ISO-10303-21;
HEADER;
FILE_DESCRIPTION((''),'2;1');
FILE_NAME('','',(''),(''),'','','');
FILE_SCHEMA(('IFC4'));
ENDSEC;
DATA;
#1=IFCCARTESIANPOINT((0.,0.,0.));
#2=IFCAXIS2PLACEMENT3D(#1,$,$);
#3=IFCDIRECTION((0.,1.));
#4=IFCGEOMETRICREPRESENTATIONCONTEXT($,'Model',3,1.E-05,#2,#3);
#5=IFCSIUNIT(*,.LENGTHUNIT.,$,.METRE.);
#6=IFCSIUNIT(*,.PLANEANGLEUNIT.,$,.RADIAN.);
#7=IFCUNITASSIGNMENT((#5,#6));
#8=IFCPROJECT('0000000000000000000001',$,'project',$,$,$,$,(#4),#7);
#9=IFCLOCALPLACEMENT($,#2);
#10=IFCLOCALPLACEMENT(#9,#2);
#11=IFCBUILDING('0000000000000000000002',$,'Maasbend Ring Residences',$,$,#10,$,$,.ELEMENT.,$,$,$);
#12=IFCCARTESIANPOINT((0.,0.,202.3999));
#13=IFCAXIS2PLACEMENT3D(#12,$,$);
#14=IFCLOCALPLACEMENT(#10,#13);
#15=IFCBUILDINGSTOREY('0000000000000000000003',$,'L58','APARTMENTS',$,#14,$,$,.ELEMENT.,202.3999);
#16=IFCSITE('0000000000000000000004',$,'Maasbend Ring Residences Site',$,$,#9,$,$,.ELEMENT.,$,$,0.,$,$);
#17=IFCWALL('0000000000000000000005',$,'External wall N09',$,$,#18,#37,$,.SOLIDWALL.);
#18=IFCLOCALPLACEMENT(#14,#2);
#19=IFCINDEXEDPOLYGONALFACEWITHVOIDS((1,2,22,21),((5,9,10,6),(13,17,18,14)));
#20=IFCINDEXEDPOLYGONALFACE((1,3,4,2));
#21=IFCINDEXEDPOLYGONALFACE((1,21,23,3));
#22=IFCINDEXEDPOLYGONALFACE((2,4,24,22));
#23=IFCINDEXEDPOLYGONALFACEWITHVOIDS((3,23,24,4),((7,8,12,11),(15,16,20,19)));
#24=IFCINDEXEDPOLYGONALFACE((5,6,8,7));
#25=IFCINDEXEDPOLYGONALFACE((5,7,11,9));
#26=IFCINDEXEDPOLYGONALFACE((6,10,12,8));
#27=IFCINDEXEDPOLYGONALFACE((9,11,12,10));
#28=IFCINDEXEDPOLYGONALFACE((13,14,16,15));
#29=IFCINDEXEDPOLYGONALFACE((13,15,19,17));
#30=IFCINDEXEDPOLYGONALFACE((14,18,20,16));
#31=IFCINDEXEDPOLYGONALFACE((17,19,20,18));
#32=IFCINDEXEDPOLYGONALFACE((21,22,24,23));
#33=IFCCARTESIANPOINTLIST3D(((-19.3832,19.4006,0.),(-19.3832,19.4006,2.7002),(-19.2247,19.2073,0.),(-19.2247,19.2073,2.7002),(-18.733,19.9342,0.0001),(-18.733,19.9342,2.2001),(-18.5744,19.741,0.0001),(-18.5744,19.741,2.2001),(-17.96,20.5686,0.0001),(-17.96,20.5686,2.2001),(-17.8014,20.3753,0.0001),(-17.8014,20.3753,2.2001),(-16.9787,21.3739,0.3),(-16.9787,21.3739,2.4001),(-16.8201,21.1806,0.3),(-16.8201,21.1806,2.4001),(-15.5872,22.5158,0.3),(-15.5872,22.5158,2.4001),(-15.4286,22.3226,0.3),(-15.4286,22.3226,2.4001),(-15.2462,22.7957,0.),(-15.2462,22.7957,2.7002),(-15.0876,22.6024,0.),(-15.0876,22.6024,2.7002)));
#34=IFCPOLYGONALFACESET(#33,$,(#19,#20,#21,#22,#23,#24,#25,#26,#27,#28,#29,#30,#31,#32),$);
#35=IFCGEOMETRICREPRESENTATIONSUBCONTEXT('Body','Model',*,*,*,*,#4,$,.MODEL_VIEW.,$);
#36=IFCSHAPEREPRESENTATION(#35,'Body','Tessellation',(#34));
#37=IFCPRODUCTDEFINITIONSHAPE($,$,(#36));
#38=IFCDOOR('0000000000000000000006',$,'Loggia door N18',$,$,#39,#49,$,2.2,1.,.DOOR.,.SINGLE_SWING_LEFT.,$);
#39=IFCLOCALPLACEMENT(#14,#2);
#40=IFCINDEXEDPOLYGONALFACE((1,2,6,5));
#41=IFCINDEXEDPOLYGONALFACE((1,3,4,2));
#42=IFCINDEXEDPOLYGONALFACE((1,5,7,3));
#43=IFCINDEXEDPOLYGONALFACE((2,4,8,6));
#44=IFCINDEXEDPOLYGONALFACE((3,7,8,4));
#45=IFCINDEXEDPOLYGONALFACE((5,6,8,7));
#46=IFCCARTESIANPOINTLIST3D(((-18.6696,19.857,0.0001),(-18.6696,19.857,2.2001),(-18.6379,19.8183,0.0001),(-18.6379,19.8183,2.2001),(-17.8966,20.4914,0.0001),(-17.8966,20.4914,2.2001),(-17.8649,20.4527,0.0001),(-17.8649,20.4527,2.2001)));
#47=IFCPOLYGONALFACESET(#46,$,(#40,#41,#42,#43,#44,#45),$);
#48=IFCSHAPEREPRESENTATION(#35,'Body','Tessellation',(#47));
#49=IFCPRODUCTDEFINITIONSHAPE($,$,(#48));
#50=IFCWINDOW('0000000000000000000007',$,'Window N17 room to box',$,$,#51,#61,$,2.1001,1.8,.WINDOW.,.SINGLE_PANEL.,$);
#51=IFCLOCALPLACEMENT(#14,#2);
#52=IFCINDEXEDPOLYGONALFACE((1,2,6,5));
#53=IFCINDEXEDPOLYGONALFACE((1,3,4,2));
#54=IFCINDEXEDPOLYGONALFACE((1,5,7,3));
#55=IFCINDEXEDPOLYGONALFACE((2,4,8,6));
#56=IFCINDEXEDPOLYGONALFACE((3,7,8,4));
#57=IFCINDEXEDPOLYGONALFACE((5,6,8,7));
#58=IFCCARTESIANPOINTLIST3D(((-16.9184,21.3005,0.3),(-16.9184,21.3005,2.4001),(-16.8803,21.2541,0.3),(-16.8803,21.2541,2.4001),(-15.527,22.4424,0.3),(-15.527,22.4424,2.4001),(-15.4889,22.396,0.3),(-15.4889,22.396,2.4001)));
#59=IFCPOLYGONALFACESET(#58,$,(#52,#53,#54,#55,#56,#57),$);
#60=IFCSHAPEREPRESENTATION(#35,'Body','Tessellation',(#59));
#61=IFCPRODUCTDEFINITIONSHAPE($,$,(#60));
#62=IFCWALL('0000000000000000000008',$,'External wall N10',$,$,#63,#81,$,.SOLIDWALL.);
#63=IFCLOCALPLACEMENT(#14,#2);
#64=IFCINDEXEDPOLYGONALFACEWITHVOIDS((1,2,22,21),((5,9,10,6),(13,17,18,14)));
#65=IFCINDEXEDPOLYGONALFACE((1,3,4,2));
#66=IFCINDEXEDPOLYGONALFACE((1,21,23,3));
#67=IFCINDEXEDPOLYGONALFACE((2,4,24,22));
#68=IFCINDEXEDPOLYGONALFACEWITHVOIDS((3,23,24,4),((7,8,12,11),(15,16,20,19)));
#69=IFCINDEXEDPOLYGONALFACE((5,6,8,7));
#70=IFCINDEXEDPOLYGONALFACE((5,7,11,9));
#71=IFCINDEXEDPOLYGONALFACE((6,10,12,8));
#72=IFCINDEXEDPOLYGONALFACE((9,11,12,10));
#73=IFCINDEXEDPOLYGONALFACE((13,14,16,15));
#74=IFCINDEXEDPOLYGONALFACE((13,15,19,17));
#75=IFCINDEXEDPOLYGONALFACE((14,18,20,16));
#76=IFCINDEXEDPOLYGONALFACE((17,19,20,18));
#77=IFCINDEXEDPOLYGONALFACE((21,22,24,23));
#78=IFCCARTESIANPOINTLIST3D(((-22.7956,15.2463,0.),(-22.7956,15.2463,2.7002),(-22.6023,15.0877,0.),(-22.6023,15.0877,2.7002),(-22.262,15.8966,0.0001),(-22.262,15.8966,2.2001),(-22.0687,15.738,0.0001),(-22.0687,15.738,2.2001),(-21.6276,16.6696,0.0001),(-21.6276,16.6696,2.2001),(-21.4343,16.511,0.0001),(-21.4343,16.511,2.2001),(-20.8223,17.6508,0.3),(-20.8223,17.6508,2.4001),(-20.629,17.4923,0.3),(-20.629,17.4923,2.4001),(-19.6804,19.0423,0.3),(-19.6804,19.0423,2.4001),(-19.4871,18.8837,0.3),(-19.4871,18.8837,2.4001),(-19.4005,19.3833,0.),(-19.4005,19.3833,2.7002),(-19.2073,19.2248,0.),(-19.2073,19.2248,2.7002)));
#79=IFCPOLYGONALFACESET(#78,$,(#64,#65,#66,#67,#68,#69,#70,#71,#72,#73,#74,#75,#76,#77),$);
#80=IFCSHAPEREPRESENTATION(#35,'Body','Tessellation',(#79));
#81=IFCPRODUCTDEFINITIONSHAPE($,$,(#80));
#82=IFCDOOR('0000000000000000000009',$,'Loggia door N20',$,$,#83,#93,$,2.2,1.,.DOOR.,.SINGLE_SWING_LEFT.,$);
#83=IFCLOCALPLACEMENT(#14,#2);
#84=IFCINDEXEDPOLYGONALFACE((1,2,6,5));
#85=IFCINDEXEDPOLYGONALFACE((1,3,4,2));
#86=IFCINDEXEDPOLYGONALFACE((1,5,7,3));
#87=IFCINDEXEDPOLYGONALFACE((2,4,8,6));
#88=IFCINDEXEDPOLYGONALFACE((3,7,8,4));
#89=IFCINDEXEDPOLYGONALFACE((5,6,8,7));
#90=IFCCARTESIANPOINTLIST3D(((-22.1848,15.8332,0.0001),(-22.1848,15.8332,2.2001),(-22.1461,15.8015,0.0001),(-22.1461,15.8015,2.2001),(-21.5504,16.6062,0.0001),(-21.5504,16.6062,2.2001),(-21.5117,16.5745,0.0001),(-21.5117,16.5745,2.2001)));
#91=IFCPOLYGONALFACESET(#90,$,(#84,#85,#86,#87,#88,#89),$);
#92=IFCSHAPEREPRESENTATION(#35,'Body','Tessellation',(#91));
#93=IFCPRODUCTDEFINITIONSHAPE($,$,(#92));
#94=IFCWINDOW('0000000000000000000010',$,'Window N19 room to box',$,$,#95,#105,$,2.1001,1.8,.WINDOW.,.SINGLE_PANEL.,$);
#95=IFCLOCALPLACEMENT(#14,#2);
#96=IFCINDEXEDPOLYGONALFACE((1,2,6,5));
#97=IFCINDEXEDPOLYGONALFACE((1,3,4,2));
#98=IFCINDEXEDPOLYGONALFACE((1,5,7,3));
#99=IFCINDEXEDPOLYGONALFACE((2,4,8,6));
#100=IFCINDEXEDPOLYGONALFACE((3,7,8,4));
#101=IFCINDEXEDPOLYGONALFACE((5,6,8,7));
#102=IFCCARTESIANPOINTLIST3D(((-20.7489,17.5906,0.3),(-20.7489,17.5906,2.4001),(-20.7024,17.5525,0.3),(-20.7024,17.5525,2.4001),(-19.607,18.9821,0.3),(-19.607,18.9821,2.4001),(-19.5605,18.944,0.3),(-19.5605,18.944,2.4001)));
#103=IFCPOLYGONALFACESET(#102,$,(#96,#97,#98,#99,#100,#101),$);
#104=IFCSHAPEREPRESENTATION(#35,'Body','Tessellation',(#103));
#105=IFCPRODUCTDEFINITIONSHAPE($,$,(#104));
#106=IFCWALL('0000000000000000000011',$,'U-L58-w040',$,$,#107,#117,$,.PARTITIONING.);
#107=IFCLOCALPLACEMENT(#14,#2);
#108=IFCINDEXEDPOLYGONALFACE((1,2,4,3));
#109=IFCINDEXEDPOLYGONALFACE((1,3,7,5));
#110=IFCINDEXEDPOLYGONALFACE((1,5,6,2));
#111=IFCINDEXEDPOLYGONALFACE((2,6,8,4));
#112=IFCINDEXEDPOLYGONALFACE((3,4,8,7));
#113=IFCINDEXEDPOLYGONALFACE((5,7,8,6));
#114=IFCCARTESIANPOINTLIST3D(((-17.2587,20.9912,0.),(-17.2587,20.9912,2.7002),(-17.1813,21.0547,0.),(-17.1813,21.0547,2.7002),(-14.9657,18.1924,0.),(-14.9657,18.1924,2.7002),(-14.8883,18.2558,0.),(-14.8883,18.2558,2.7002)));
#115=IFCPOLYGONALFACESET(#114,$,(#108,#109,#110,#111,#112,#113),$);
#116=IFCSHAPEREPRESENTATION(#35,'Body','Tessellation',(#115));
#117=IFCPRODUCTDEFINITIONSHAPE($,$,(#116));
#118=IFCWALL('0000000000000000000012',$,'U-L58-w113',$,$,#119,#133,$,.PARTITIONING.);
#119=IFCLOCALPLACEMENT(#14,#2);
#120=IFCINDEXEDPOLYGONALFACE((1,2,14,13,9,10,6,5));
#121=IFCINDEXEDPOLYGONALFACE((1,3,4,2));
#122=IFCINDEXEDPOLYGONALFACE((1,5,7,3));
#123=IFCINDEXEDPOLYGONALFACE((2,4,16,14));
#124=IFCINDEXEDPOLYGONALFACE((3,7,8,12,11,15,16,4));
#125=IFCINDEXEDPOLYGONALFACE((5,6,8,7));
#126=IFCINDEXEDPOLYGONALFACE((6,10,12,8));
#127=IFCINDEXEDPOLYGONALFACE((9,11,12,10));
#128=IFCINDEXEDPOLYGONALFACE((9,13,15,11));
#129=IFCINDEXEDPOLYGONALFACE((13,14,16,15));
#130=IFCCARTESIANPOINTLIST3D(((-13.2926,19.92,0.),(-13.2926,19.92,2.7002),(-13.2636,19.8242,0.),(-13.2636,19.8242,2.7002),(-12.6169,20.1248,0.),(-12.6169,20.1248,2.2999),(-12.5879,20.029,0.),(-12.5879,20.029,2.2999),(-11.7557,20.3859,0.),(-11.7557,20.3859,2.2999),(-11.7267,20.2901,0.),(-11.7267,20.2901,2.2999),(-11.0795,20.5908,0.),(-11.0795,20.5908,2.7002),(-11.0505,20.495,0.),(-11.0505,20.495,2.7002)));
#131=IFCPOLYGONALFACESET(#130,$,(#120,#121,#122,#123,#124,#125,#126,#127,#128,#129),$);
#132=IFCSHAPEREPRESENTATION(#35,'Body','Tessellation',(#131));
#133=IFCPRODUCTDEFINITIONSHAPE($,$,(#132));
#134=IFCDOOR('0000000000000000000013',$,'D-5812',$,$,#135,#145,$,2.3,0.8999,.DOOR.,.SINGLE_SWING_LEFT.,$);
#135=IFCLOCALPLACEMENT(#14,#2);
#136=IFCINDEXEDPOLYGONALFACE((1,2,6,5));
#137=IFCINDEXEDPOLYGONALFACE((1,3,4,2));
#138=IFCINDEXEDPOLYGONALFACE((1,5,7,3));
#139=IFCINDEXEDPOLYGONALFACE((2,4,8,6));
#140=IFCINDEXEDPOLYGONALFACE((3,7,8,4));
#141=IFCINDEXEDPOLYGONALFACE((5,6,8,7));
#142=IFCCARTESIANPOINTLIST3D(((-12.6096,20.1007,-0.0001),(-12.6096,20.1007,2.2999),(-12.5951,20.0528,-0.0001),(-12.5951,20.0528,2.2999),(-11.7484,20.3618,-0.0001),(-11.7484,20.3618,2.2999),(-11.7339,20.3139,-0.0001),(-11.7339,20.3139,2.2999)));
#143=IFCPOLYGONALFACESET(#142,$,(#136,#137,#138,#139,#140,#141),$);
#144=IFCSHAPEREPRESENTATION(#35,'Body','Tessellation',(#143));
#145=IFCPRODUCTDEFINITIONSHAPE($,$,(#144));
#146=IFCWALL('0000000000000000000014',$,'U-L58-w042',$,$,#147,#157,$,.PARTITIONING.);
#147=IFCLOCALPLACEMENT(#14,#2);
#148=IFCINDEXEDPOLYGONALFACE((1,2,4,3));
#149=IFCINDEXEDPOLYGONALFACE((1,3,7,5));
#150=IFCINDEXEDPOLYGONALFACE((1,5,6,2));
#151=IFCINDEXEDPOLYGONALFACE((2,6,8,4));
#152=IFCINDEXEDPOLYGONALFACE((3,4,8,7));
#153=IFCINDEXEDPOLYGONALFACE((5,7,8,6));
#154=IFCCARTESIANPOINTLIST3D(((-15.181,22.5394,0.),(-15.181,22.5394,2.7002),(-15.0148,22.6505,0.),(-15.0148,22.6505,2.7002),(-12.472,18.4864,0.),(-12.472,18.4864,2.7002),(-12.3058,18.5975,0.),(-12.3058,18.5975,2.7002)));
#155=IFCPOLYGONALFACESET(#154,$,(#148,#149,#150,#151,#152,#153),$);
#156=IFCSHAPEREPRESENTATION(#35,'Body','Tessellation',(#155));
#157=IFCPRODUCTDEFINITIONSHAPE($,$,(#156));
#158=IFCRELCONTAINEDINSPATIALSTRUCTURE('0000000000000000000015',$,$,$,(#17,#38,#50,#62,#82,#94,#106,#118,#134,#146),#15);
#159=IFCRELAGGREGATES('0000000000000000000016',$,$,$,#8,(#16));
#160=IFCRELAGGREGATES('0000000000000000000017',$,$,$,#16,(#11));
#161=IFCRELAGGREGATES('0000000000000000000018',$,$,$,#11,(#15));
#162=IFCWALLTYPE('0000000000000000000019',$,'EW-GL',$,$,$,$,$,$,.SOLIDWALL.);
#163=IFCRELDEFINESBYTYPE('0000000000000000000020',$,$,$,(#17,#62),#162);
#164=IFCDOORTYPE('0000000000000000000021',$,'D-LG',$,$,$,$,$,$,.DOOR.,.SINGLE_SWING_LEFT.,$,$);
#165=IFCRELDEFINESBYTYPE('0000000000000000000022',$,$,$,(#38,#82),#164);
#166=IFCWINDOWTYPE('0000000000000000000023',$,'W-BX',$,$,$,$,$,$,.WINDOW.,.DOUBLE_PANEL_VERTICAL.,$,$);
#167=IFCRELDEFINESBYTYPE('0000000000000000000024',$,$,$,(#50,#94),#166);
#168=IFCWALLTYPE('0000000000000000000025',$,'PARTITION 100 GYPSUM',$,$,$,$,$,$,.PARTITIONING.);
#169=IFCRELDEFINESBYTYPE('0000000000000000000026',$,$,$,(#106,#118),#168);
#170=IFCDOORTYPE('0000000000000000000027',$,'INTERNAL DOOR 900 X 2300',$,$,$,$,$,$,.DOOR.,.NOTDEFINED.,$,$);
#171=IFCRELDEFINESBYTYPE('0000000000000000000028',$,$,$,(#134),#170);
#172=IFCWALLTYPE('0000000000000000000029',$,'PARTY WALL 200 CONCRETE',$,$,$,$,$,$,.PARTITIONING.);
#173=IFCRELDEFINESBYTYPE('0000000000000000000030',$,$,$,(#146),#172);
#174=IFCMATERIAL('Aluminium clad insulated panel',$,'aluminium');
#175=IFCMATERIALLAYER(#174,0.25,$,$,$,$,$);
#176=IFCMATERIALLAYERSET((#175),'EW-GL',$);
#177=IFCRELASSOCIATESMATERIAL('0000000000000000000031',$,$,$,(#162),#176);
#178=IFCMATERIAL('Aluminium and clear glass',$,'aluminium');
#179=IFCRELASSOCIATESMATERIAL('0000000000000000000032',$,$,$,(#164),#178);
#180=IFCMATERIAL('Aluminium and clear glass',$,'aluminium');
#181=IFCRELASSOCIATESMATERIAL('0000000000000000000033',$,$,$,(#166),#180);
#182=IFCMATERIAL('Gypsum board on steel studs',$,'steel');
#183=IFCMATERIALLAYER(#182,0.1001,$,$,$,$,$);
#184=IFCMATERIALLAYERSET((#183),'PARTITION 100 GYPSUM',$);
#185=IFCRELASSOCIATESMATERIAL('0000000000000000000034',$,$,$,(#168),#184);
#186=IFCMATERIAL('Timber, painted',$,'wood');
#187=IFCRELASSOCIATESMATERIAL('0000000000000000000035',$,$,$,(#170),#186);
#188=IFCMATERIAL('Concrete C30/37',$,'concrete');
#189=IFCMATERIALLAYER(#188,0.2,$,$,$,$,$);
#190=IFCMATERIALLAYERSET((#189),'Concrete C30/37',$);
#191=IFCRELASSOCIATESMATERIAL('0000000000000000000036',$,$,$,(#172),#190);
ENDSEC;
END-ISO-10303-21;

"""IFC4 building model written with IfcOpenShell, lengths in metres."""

from ifc_helpers import new_model, si_unit, direction, frame, frame_2d, origin, place, context, subcontext, project, spatial, rectangle, extrude, material, layer, layer_set, type_object, element, fill, save


model = new_model("IFC4")

# Units and contexts
model_context = context("Model", 3, precision=1e-05, world=origin(), true_north=direction((0.0, 1.0)))
body_context = subcontext(model_context, "Body", "Model", "MODEL_VIEW")
ifc_project = project(units=[si_unit("LENGTHUNIT", "METRE"), si_unit("PLANEANGLEUNIT", "RADIAN")], contexts=[model_context])

# Site, building, storey
site_placement = place(None, origin())
site = spatial("IfcSite", under=ifc_project, at=site_placement, Name="Maasbend Ring Residences Site", CompositionType="ELEMENT", RefElevation=0.0)
building_placement = place(site_placement, origin())
building = spatial("IfcBuilding", under=site, at=building_placement, Name="Maasbend Ring Residences", CompositionType="ELEMENT")
storey_placement = place(building_placement, frame((0.0, 0.0, 202.3999)))
storey = spatial("IfcBuildingStorey", under=building, at=storey_placement, Name="L58", Description="APARTMENTS", CompositionType="ELEMENT", Elevation=202.3999)

# Walls, openings, doors, windows
ifc_material_1 = material(Name="Aluminium clad insulated panel", Category="aluminium")
ifc_layer_1 = layer(ifc_material_1, 0.25)
ifc_layer_set_1 = layer_set([ifc_layer_1], Name="EW-GL")
wall_type_1 = type_object("IfcWallType", Name="EW-GL", PredefinedType="SOLIDWALL", material=ifc_layer_set_1)
wall_1_placement = place(storey_placement, frame((-15.167, 22.699, 0.0), z_axis=(0.0, 0.0, 1.0), x_axis=(-0.773019, -0.634382, 0.0)))
wall_1 = element("IfcWall", 1, at=wall_1_placement, inside=storey, type_object=wall_type_1, Name="External wall N09", PredefinedType="SOLIDWALL", context=body_context, shape_type="SweptSolid", body=[
    extrude(rectangle(XDim=5.3518, YDim=0.25, at=frame_2d((2.6758, 0.0))), origin(), (0.0, 0.0, 1.0), 2.7002),
])
opening_1_placement = place(wall_1_placement, frame((0.4412, 0.0, 0.3)))
opening_1 = element("IfcOpeningElement", 2, at=opening_1_placement, cuts=wall_1, PredefinedType="OPENING", context=body_context, shape_type="SweptSolid", body=[
    extrude(rectangle(XDim=1.8, YDim=2.1001, at=frame_2d((0.8999, 1.05))), frame((0.0, 0.135, 0.0), z_axis=(0.0, -1.0, 0.0), x_axis=(1.0, 0.0, 0.0)), (0.0, 0.0, 1.0), 0.27),
])
opening_2_placement = place(wall_1_placement, frame((3.5105, 0.0, 0.0)))
opening_2 = element("IfcOpeningElement", 3, at=opening_2_placement, cuts=wall_1, PredefinedType="OPENING", context=body_context, shape_type="SweptSolid", body=[
    extrude(rectangle(XDim=1.0, YDim=2.2, at=frame_2d((0.5, 1.1001))), frame((0.0, 0.135, 0.0), z_axis=(0.0, -1.0, 0.0), x_axis=(1.0, 0.0, 0.0)), (0.0, 0.0, 1.0), 0.27),
])
ifc_material_2 = material(Name="Aluminium and clear glass", Category="aluminium")
door_type_1 = type_object("IfcDoorType", Name="D-LG", OperationType="SINGLE_SWING_LEFT", PredefinedType="DOOR", material=ifc_material_2)
door_1_placement = place(opening_2_placement, origin())
door_1 = element("IfcDoor", 4, at=door_1_placement, inside=storey, type_object=door_type_1, Name="Loggia door N18", OperationType="SINGLE_SWING_LEFT", OverallHeight=2.2, OverallWidth=1.0, PredefinedType="DOOR", context=body_context, shape_type="SweptSolid", body=[
    extrude(rectangle(XDim=1.0, YDim=2.2, at=frame_2d((0.5, 1.1001))), frame((0.0, 0.0249, 0.0), z_axis=(0.0, -1.0, 0.0), x_axis=(1.0, 0.0, 0.0)), (0.0, 0.0, 1.0), 0.05),
])
fill(opening_2, door_1)
ifc_material_3 = material(Name="Aluminium and clear glass", Category="aluminium")
window_type_1 = type_object("IfcWindowType", Name="W-BX", PartitioningType="DOUBLE_PANEL_VERTICAL", PredefinedType="WINDOW", material=ifc_material_3)
window_1_placement = place(opening_1_placement, origin())
window_1 = element("IfcWindow", 5, at=window_1_placement, inside=storey, type_object=window_type_1, Name="Window N17 room to box", OverallHeight=2.1001, OverallWidth=1.8, PartitioningType="SINGLE_PANEL", PredefinedType="WINDOW", context=body_context, shape_type="SweptSolid", body=[
    extrude(rectangle(XDim=1.8, YDim=2.1001, at=frame_2d((0.8999, 1.05))), frame((0.0, 0.03, 0.0), z_axis=(0.0, -1.0, 0.0), x_axis=(1.0, 0.0, 0.0)), (0.0, 0.0, 1.0), 0.0601),
])
fill(opening_1, window_1)
wall_2_placement = place(storey_placement, frame((-19.304, 19.304, 0.0), z_axis=(0.0, 0.0, 1.0), x_axis=(-0.634382, -0.773019, 0.0)))
wall_2 = element("IfcWall", 6, at=wall_2_placement, inside=storey, type_object=wall_type_1, Name="External wall N10", PredefinedType="SOLIDWALL", context=body_context, shape_type="SweptSolid", body=[
    extrude(rectangle(XDim=5.3518, YDim=0.25, at=frame_2d((2.6758, 0.0))), origin(), (0.0, 0.0, 1.0), 2.7002),
])
opening_3_placement = place(wall_2_placement, frame((0.4412, 0.0, 0.3)))
opening_3 = element("IfcOpeningElement", 7, at=opening_3_placement, cuts=wall_2, PredefinedType="OPENING", context=body_context, shape_type="SweptSolid", body=[
    extrude(rectangle(XDim=1.8, YDim=2.1001, at=frame_2d((0.8999, 1.05))), frame((0.0, 0.135, 0.0), z_axis=(0.0, -1.0, 0.0), x_axis=(1.0, 0.0, 0.0)), (0.0, 0.0, 1.0), 0.27),
])
opening_4_placement = place(wall_2_placement, frame((3.5105, 0.0, 0.0)))
opening_4 = element("IfcOpeningElement", 8, at=opening_4_placement, cuts=wall_2, PredefinedType="OPENING", context=body_context, shape_type="SweptSolid", body=[
    extrude(rectangle(XDim=1.0, YDim=2.2, at=frame_2d((0.5, 1.1001))), frame((0.0, 0.135, 0.0), z_axis=(0.0, -1.0, 0.0), x_axis=(1.0, 0.0, 0.0)), (0.0, 0.0, 1.0), 0.27),
])
door_2_placement = place(opening_4_placement, origin())
door_2 = element("IfcDoor", 9, at=door_2_placement, inside=storey, type_object=door_type_1, Name="Loggia door N20", OperationType="SINGLE_SWING_LEFT", OverallHeight=2.2, OverallWidth=1.0, PredefinedType="DOOR", context=body_context, shape_type="SweptSolid", body=[
    extrude(rectangle(XDim=1.0, YDim=2.2, at=frame_2d((0.5, 1.1001))), frame((0.0, 0.0249, 0.0), z_axis=(0.0, -1.0, 0.0), x_axis=(1.0, 0.0, 0.0)), (0.0, 0.0, 1.0), 0.05),
])
fill(opening_4, door_2)
window_2_placement = place(opening_3_placement, origin())
window_2 = element("IfcWindow", 10, at=window_2_placement, inside=storey, type_object=window_type_1, Name="Window N19 room to box", OverallHeight=2.1001, OverallWidth=1.8, PartitioningType="SINGLE_PANEL", PredefinedType="WINDOW", context=body_context, shape_type="SweptSolid", body=[
    extrude(rectangle(XDim=1.8, YDim=2.1001, at=frame_2d((0.8999, 1.05))), frame((0.0, 0.03, 0.0), z_axis=(0.0, -1.0, 0.0), x_axis=(1.0, 0.0, 0.0)), (0.0, 0.0, 1.0), 0.0601),
])
fill(opening_3, window_2)

# Wall
ifc_material_4 = material(Name="Gypsum board on steel studs", Category="steel")
ifc_layer_2 = layer(ifc_material_4, 0.1001)
ifc_layer_set_2 = layer_set([ifc_layer_2], Name="PARTITION 100 GYPSUM")
wall_type_2 = type_object("IfcWallType", Name="PARTITION 100 GYPSUM", PredefinedType="PARTITIONING", material=ifc_layer_set_2)
wall_3_placement = place(storey_placement, frame((-17.22, 21.0229, 0.0), z_axis=(0.0, 0.0, 1.0), x_axis=(0.633737, -0.773548, 0.0)))
element("IfcWall", 11, at=wall_3_placement, inside=storey, type_object=wall_type_2, Name="U-L58-w040", PredefinedType="PARTITIONING", context=body_context, shape_type="SweptSolid", body=[
    extrude(rectangle(XDim=3.6182, YDim=0.1001, at=frame_2d((1.8091, 0.0))), origin(), (0.0, 0.0, 1.0), 2.7002),
])

# Wall, opening, door
wall_4_placement = place(storey_placement, frame((-13.2781, 19.8721, 0.0), z_axis=(0.0, 0.0, 1.0), x_axis=(0.956994, 0.290107, 0.0)))
wall_4 = element("IfcWall", 12, at=wall_4_placement, inside=storey, type_object=wall_type_2, Name="U-L58-w113", PredefinedType="PARTITIONING", context=body_context, shape_type="SweptSolid", body=[
    extrude(rectangle(XDim=2.3125, YDim=0.1001, at=frame_2d((1.1562, 0.0))), origin(), (0.0, 0.0, 1.0), 2.7002),
])
opening_5_placement = place(wall_4_placement, frame((0.7061, 0.0, 0.0)))
opening_5 = element("IfcOpeningElement", 13, at=opening_5_placement, cuts=wall_4, PredefinedType="OPENING", context=body_context, shape_type="SweptSolid", body=[
    extrude(rectangle(XDim=0.8999, YDim=2.3, at=frame_2d((0.45, 1.1499))), frame((0.0, 0.0601, 0.0), z_axis=(0.0, -1.0, 0.0), x_axis=(1.0, 0.0, 0.0)), (0.0, 0.0, 1.0), 0.1201),
])
ifc_material_5 = material(Name="Timber, painted", Category="wood")
door_type_2 = type_object("IfcDoorType", Name="INTERNAL DOOR 900 X 2300", OperationType="NOTDEFINED", PredefinedType="DOOR", material=ifc_material_5)
door_3_placement = place(opening_5_placement, origin())
door_3 = element("IfcDoor", 14, at=door_3_placement, inside=storey, type_object=door_type_2, Name="D-5812", OperationType="SINGLE_SWING_LEFT", OverallHeight=2.3, OverallWidth=0.8999, PredefinedType="DOOR", context=body_context, shape_type="SweptSolid", body=[
    extrude(rectangle(XDim=0.8999, YDim=2.3, at=frame_2d((0.45, 1.1499))), frame((0.0, 0.0249, 0.0), z_axis=(0.0, -1.0, 0.0), x_axis=(1.0, 0.0, 0.0)), (0.0, 0.0, 1.0), 0.05),
])
fill(opening_5, door_3)

# Wall
ifc_material_6 = material(Name="Concrete C30/37", Category="concrete")
ifc_layer_3 = layer(ifc_material_6, 0.2)
ifc_layer_set_3 = layer_set([ifc_layer_3], Name="Concrete C30/37")
wall_type_3 = type_object("IfcWallType", Name="PARTY WALL 200 CONCRETE", PredefinedType="PARTITIONING", material=ifc_layer_set_3)
wall_5_placement = place(storey_placement, frame((-15.0979, 22.595, 0.0), z_axis=(0.0, 0.0, 1.0), x_axis=(0.555694, -0.831387, 0.0)))
element("IfcWall", 15, at=wall_5_placement, inside=storey, type_object=wall_type_3, Name="U-L58-w042", PredefinedType="PARTITIONING", context=body_context, shape_type="SweptSolid", body=[
    extrude(rectangle(XDim=4.875, YDim=0.2, at=frame_2d((2.4375, 0.0))), origin(), (0.0, 0.0, 1.0), 2.7002),
])

save(model, "model.ifc")
